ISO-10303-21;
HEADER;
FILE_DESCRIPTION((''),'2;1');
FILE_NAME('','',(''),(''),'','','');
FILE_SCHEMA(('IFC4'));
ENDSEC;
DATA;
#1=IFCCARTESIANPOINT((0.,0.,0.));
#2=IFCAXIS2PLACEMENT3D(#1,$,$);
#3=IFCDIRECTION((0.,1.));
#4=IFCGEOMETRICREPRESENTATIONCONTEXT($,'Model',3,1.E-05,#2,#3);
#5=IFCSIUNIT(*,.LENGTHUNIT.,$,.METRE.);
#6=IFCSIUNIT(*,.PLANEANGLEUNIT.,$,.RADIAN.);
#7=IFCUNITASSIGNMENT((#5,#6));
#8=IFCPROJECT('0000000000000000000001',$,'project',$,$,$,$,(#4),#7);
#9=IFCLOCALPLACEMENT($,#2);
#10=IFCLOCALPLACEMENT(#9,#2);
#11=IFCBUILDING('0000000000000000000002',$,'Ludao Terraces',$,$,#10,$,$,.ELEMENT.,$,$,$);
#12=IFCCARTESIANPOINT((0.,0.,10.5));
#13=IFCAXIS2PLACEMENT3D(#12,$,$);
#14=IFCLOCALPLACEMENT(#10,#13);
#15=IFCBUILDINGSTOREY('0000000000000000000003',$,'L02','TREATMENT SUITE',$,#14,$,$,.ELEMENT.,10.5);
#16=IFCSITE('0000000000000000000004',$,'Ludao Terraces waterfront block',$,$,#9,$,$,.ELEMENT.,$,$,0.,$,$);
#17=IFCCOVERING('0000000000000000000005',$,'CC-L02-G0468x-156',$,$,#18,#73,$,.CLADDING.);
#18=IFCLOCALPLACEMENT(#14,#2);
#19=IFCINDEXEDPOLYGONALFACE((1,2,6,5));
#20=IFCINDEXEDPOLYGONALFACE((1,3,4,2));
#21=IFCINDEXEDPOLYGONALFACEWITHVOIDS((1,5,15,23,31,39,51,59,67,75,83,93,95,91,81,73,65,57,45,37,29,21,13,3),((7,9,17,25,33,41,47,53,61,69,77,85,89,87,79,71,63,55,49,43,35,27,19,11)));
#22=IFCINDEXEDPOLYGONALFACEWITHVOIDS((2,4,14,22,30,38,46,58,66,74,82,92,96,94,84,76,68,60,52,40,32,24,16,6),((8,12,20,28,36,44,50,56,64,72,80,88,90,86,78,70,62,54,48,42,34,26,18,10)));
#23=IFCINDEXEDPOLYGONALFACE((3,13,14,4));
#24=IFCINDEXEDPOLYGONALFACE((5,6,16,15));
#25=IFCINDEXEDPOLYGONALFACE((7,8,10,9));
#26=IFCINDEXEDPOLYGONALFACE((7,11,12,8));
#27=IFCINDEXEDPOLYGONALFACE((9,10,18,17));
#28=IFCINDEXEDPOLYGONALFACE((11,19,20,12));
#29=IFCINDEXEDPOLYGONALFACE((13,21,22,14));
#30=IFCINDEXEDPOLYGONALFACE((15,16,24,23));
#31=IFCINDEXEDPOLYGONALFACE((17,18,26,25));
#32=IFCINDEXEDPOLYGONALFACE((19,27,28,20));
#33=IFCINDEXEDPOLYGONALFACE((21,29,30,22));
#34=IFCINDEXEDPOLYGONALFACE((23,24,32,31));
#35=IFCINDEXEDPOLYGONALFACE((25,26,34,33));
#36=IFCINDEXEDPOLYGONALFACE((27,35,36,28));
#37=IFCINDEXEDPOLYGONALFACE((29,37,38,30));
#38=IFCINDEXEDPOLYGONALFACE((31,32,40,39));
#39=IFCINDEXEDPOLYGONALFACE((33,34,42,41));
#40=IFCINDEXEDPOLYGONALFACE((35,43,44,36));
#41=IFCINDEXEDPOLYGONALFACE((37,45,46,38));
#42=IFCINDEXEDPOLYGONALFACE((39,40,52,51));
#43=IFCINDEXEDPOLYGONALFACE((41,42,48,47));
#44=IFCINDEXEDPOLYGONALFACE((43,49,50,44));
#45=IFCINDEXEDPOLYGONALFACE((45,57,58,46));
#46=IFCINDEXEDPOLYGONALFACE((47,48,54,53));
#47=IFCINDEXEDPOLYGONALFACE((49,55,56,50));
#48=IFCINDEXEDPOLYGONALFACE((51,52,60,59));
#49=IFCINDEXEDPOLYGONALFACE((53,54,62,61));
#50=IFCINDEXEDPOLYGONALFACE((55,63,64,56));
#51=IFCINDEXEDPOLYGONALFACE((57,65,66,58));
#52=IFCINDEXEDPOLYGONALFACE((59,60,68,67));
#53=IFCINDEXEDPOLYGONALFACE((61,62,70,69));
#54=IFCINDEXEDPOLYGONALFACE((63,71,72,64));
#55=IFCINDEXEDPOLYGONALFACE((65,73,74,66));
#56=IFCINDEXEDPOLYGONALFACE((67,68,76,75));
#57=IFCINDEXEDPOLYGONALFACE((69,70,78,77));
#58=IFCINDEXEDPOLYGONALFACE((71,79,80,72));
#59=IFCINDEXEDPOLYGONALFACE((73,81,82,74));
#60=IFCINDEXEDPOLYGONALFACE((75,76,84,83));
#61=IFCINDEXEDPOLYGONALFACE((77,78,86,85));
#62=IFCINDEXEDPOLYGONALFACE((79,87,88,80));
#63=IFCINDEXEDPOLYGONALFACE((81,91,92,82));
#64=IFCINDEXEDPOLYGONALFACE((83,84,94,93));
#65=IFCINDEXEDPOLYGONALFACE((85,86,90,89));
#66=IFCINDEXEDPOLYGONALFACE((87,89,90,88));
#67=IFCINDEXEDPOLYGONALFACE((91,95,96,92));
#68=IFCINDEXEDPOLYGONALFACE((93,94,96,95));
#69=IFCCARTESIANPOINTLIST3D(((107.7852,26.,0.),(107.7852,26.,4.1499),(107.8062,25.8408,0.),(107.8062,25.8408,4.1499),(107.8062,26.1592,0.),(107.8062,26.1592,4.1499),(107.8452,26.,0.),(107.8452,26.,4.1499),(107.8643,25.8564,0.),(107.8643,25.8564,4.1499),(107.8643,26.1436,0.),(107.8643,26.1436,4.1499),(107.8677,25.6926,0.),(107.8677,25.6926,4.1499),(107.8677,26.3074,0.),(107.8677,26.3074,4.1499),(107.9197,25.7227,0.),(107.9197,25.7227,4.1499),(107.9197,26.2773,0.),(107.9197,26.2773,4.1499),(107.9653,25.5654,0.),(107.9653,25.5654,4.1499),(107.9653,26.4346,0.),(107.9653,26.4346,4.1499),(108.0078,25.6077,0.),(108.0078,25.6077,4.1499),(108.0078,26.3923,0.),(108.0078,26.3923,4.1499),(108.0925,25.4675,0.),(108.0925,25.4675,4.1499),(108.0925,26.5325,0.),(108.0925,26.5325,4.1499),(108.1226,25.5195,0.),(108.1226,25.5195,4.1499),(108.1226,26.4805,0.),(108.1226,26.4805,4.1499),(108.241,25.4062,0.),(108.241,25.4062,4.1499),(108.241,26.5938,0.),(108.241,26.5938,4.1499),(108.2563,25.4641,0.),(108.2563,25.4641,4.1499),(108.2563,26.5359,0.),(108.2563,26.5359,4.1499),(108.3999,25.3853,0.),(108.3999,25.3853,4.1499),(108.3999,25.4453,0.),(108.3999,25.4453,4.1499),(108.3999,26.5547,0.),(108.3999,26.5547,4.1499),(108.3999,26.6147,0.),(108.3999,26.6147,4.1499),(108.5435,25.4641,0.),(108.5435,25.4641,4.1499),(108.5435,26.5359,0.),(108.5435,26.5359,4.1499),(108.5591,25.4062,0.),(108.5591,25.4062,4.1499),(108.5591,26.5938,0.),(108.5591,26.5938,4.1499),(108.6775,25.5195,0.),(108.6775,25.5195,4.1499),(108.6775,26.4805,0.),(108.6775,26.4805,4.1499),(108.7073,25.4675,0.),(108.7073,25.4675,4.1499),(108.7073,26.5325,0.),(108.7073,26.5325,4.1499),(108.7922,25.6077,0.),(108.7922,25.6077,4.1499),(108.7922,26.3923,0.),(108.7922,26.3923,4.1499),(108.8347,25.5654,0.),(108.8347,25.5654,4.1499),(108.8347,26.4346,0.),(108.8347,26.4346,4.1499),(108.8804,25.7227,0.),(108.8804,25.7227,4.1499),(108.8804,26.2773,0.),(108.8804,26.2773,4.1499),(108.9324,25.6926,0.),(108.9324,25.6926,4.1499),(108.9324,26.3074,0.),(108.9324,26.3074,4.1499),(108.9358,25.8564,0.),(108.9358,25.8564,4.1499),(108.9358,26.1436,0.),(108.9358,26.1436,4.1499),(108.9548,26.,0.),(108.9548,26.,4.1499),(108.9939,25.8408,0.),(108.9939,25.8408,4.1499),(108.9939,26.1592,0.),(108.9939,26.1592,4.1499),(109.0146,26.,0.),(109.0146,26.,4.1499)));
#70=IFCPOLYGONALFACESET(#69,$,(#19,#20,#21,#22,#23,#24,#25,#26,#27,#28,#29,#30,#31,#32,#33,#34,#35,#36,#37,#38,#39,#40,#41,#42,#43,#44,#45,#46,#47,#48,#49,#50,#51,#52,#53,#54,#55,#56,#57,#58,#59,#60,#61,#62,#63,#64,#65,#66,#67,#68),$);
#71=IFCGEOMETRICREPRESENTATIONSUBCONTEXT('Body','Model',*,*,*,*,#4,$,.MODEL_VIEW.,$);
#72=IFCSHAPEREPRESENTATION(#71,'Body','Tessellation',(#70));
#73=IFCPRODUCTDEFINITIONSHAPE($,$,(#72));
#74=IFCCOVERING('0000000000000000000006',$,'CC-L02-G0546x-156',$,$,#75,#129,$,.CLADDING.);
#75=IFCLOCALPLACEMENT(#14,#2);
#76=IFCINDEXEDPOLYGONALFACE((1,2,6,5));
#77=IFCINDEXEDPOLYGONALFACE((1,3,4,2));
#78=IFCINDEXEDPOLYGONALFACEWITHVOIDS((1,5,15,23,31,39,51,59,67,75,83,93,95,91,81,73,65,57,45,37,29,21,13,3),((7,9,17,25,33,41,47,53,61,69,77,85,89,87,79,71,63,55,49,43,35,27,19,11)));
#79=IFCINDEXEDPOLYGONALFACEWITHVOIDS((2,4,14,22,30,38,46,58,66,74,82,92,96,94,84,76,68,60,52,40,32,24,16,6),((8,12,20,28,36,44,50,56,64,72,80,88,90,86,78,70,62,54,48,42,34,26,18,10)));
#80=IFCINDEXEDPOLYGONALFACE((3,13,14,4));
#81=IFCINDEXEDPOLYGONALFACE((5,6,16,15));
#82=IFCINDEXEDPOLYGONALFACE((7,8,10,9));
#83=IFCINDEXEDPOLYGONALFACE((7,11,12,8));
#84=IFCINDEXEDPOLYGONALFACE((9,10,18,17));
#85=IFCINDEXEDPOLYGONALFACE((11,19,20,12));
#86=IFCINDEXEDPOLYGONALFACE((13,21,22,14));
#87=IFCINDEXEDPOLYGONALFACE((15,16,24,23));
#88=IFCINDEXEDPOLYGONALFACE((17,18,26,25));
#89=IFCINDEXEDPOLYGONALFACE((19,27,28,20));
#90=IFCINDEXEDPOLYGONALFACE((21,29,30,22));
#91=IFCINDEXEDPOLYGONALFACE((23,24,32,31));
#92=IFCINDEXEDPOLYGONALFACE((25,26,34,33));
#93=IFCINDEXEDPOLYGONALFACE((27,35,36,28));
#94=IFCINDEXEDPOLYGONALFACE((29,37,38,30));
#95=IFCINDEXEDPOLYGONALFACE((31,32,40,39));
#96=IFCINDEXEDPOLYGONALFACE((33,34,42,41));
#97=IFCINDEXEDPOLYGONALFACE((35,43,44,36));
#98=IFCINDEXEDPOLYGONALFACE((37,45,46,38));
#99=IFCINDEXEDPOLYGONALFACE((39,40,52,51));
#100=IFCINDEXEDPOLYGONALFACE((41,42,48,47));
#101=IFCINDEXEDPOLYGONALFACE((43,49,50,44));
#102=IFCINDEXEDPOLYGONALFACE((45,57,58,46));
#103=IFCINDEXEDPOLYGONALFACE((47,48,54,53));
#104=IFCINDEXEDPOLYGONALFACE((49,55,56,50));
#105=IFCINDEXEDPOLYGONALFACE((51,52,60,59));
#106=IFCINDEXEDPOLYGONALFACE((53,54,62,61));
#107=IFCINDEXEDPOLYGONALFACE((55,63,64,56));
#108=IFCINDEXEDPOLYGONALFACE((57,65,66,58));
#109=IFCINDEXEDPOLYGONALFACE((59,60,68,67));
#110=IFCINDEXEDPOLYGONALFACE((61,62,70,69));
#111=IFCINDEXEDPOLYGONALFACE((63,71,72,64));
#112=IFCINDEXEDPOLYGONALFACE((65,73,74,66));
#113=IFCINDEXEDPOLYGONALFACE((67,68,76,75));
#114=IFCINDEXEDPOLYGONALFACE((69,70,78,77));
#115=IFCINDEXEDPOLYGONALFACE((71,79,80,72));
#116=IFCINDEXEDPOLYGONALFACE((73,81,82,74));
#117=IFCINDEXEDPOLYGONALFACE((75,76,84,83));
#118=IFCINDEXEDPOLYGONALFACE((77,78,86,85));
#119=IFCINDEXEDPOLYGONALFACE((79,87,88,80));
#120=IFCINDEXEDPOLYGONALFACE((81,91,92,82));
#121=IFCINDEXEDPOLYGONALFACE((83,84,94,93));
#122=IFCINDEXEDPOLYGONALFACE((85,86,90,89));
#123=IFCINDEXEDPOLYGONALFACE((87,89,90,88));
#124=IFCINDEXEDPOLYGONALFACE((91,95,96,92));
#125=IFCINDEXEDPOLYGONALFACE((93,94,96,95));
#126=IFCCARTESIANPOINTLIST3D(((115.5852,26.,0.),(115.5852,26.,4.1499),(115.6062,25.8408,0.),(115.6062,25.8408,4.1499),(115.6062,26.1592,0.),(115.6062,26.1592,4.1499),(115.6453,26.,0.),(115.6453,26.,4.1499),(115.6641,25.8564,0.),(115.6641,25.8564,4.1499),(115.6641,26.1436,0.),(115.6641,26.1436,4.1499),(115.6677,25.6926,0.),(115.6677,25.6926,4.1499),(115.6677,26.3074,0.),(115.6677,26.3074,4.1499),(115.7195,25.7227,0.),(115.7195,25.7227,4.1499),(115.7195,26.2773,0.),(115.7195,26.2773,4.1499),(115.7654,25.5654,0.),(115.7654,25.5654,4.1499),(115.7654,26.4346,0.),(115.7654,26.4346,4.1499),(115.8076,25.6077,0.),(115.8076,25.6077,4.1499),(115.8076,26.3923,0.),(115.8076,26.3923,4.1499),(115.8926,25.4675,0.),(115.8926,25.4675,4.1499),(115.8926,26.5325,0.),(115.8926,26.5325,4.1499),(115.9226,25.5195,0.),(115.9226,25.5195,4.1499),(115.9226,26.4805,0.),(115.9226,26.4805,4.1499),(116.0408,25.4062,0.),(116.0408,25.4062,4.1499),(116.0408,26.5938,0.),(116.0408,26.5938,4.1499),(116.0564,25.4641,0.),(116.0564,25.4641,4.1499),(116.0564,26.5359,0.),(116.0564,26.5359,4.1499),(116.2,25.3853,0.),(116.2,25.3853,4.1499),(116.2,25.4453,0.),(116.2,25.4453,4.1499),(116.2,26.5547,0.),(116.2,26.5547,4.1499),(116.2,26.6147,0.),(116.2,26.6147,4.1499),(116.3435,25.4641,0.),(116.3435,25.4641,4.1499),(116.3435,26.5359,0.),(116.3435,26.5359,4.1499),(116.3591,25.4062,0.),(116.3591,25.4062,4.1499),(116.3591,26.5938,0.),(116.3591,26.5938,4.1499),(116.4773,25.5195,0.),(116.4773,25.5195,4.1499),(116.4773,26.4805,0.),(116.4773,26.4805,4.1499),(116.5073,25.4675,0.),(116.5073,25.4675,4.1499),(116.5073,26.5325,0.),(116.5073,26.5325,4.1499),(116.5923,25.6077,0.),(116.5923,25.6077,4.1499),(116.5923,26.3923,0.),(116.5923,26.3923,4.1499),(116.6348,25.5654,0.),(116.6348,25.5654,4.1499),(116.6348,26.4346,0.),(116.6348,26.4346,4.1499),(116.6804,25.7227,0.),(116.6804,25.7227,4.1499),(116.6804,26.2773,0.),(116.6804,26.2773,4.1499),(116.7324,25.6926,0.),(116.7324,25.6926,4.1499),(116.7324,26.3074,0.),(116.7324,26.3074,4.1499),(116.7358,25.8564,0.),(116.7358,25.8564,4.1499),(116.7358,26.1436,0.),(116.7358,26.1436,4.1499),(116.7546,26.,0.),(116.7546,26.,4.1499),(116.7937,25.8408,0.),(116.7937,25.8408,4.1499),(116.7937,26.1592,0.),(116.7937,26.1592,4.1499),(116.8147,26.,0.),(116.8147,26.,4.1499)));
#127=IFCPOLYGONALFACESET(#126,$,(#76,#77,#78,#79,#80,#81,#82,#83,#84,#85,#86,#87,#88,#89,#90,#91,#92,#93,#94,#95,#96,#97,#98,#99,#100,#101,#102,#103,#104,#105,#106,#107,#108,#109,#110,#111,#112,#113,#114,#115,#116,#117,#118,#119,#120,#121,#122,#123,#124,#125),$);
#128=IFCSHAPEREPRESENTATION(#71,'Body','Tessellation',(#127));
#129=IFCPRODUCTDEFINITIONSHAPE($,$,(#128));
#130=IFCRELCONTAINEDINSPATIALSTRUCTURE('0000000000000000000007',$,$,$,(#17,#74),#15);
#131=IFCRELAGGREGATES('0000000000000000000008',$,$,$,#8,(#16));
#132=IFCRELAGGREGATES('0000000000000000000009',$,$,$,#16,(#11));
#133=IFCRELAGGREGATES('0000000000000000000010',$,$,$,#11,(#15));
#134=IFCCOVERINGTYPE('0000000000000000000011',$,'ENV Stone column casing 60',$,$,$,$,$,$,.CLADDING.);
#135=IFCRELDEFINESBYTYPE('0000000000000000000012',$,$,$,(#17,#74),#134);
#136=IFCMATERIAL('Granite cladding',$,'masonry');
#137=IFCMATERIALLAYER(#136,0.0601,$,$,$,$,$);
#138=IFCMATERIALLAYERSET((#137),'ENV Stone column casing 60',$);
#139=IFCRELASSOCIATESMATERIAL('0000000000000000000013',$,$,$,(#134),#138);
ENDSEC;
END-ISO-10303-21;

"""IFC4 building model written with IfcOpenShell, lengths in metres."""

from ifc_helpers import new_model, si_unit, direction, frame, origin, place, context, subcontext, project, spatial, polyline, outline, extrude, material, layer, layer_set, type_object, element, save


model = new_model("IFC4")

# Units and contexts
model_context = context("Model", 3, precision=1e-05, world=origin(), true_north=direction((0.0, 1.0)))
body_context = subcontext(model_context, "Body", "Model", "MODEL_VIEW")
ifc_project = project(units=[si_unit("LENGTHUNIT", "METRE"), si_unit("PLANEANGLEUNIT", "RADIAN")], contexts=[model_context])

# Site, building, storey
site_placement = place(None, origin())
site = spatial("IfcSite", under=ifc_project, at=site_placement, Name="Ludao Terraces waterfront block", CompositionType="ELEMENT", RefElevation=0.0)
building_placement = place(site_placement, origin())
building = spatial("IfcBuilding", under=site, at=building_placement, Name="Ludao Terraces", CompositionType="ELEMENT")
storey_placement = place(building_placement, frame((0.0, 0.0, 10.5)))
storey = spatial("IfcBuildingStorey", under=building, at=storey_placement, Name="L02", Description="TREATMENT SUITE", CompositionType="ELEMENT", Elevation=10.5)

# Coverings
ifc_material_1 = material(Name="Granite cladding", Category="masonry")
ifc_layer_1 = layer(ifc_material_1, 0.0601)
ifc_layer_set_1 = layer_set([ifc_layer_1], Name="ENV Stone column casing 60")
covering_type = type_object("IfcCoveringType", Name="ENV Stone column casing 60", PredefinedType="CLADDING", material=ifc_layer_set_1)
covering_1_placement = place(storey_placement, origin())
element("IfcCovering", 1, at=covering_1_placement, inside=storey, type_object=covering_type, Name="CC-L02-G0468x-156", PredefinedType="CLADDING", context=body_context, shape_type="SweptSolid", body=[
    extrude(outline(polyline([(109.0146, 26.0), (108.9939, 26.1592), (108.9324, 26.3074), (108.8347, 26.4346), (108.7073, 26.5325), (108.5591, 26.5938), (108.3999, 26.6147), (108.241, 26.5938), (108.0925, 26.5325), (107.9653, 26.4346), (107.8677, 26.3074), (107.8062, 26.1592), (107.7852, 26.0), (107.8062, 25.8408), (107.8677, 25.6926), (107.9653, 25.5654), (108.0925, 25.4675), (108.241, 25.4062), (108.3999, 25.3853), (108.5591, 25.4062), (108.7073, 25.4675), (108.8347, 25.5654), (108.9324, 25.6926), (108.9939, 25.8408), (109.0146, 26.0)]), holes=[polyline([(108.9358, 25.8564), (108.8804, 25.7227), (108.7922, 25.6077), (108.6775, 25.5195), (108.5435, 25.4641), (108.3999, 25.4453), (108.2563, 25.4641), (108.1226, 25.5195), (108.0078, 25.6077), (107.9197, 25.7227), (107.8643, 25.8564), (107.8452, 26.0), (107.8643, 26.1436), (107.9197, 26.2773), (108.0078, 26.3923), (108.1226, 26.4805), (108.2563, 26.5359), (108.3999, 26.5547), (108.5435, 26.5359), (108.6775, 26.4805), (108.7922, 26.3923), (108.8804, 26.2773), (108.9358, 26.1436), (108.9548, 26.0), (108.9358, 25.8564)])]), origin(), (0.0, 0.0, 1.0), 4.1499),
])
covering_2_placement = place(storey_placement, origin())
element("IfcCovering", 2, at=covering_2_placement, inside=storey, type_object=covering_type, Name="CC-L02-G0546x-156", PredefinedType="CLADDING", context=body_context, shape_type="SweptSolid", body=[
    extrude(outline(polyline([(116.8147, 26.0), (116.7937, 26.1592), (116.7324, 26.3074), (116.6348, 26.4346), (116.5073, 26.5325), (116.3591, 26.5938), (116.2, 26.6147), (116.0408, 26.5938), (115.8926, 26.5325), (115.7654, 26.4346), (115.6677, 26.3074), (115.6062, 26.1592), (115.5852, 26.0), (115.6062, 25.8408), (115.6677, 25.6926), (115.7654, 25.5654), (115.8926, 25.4675), (116.0408, 25.4062), (116.2, 25.3853), (116.3591, 25.4062), (116.5073, 25.4675), (116.6348, 25.5654), (116.7324, 25.6926), (116.7937, 25.8408), (116.8147, 26.0)]), holes=[polyline([(116.7358, 25.8564), (116.6804, 25.7227), (116.5923, 25.6077), (116.4773, 25.5195), (116.3435, 25.4641), (116.2, 25.4453), (116.0564, 25.4641), (115.9226, 25.5195), (115.8076, 25.6077), (115.7195, 25.7227), (115.6641, 25.8564), (115.6453, 26.0), (115.6641, 26.1436), (115.7195, 26.2773), (115.8076, 26.3923), (115.9226, 26.4805), (116.0564, 26.5359), (116.2, 26.5547), (116.3435, 26.5359), (116.4773, 26.4805), (116.5923, 26.3923), (116.6804, 26.2773), (116.7358, 26.1436), (116.7546, 26.0), (116.7358, 25.8564)])]), origin(), (0.0, 0.0, 1.0), 4.1499),
])

save(model, "model.ifc")
